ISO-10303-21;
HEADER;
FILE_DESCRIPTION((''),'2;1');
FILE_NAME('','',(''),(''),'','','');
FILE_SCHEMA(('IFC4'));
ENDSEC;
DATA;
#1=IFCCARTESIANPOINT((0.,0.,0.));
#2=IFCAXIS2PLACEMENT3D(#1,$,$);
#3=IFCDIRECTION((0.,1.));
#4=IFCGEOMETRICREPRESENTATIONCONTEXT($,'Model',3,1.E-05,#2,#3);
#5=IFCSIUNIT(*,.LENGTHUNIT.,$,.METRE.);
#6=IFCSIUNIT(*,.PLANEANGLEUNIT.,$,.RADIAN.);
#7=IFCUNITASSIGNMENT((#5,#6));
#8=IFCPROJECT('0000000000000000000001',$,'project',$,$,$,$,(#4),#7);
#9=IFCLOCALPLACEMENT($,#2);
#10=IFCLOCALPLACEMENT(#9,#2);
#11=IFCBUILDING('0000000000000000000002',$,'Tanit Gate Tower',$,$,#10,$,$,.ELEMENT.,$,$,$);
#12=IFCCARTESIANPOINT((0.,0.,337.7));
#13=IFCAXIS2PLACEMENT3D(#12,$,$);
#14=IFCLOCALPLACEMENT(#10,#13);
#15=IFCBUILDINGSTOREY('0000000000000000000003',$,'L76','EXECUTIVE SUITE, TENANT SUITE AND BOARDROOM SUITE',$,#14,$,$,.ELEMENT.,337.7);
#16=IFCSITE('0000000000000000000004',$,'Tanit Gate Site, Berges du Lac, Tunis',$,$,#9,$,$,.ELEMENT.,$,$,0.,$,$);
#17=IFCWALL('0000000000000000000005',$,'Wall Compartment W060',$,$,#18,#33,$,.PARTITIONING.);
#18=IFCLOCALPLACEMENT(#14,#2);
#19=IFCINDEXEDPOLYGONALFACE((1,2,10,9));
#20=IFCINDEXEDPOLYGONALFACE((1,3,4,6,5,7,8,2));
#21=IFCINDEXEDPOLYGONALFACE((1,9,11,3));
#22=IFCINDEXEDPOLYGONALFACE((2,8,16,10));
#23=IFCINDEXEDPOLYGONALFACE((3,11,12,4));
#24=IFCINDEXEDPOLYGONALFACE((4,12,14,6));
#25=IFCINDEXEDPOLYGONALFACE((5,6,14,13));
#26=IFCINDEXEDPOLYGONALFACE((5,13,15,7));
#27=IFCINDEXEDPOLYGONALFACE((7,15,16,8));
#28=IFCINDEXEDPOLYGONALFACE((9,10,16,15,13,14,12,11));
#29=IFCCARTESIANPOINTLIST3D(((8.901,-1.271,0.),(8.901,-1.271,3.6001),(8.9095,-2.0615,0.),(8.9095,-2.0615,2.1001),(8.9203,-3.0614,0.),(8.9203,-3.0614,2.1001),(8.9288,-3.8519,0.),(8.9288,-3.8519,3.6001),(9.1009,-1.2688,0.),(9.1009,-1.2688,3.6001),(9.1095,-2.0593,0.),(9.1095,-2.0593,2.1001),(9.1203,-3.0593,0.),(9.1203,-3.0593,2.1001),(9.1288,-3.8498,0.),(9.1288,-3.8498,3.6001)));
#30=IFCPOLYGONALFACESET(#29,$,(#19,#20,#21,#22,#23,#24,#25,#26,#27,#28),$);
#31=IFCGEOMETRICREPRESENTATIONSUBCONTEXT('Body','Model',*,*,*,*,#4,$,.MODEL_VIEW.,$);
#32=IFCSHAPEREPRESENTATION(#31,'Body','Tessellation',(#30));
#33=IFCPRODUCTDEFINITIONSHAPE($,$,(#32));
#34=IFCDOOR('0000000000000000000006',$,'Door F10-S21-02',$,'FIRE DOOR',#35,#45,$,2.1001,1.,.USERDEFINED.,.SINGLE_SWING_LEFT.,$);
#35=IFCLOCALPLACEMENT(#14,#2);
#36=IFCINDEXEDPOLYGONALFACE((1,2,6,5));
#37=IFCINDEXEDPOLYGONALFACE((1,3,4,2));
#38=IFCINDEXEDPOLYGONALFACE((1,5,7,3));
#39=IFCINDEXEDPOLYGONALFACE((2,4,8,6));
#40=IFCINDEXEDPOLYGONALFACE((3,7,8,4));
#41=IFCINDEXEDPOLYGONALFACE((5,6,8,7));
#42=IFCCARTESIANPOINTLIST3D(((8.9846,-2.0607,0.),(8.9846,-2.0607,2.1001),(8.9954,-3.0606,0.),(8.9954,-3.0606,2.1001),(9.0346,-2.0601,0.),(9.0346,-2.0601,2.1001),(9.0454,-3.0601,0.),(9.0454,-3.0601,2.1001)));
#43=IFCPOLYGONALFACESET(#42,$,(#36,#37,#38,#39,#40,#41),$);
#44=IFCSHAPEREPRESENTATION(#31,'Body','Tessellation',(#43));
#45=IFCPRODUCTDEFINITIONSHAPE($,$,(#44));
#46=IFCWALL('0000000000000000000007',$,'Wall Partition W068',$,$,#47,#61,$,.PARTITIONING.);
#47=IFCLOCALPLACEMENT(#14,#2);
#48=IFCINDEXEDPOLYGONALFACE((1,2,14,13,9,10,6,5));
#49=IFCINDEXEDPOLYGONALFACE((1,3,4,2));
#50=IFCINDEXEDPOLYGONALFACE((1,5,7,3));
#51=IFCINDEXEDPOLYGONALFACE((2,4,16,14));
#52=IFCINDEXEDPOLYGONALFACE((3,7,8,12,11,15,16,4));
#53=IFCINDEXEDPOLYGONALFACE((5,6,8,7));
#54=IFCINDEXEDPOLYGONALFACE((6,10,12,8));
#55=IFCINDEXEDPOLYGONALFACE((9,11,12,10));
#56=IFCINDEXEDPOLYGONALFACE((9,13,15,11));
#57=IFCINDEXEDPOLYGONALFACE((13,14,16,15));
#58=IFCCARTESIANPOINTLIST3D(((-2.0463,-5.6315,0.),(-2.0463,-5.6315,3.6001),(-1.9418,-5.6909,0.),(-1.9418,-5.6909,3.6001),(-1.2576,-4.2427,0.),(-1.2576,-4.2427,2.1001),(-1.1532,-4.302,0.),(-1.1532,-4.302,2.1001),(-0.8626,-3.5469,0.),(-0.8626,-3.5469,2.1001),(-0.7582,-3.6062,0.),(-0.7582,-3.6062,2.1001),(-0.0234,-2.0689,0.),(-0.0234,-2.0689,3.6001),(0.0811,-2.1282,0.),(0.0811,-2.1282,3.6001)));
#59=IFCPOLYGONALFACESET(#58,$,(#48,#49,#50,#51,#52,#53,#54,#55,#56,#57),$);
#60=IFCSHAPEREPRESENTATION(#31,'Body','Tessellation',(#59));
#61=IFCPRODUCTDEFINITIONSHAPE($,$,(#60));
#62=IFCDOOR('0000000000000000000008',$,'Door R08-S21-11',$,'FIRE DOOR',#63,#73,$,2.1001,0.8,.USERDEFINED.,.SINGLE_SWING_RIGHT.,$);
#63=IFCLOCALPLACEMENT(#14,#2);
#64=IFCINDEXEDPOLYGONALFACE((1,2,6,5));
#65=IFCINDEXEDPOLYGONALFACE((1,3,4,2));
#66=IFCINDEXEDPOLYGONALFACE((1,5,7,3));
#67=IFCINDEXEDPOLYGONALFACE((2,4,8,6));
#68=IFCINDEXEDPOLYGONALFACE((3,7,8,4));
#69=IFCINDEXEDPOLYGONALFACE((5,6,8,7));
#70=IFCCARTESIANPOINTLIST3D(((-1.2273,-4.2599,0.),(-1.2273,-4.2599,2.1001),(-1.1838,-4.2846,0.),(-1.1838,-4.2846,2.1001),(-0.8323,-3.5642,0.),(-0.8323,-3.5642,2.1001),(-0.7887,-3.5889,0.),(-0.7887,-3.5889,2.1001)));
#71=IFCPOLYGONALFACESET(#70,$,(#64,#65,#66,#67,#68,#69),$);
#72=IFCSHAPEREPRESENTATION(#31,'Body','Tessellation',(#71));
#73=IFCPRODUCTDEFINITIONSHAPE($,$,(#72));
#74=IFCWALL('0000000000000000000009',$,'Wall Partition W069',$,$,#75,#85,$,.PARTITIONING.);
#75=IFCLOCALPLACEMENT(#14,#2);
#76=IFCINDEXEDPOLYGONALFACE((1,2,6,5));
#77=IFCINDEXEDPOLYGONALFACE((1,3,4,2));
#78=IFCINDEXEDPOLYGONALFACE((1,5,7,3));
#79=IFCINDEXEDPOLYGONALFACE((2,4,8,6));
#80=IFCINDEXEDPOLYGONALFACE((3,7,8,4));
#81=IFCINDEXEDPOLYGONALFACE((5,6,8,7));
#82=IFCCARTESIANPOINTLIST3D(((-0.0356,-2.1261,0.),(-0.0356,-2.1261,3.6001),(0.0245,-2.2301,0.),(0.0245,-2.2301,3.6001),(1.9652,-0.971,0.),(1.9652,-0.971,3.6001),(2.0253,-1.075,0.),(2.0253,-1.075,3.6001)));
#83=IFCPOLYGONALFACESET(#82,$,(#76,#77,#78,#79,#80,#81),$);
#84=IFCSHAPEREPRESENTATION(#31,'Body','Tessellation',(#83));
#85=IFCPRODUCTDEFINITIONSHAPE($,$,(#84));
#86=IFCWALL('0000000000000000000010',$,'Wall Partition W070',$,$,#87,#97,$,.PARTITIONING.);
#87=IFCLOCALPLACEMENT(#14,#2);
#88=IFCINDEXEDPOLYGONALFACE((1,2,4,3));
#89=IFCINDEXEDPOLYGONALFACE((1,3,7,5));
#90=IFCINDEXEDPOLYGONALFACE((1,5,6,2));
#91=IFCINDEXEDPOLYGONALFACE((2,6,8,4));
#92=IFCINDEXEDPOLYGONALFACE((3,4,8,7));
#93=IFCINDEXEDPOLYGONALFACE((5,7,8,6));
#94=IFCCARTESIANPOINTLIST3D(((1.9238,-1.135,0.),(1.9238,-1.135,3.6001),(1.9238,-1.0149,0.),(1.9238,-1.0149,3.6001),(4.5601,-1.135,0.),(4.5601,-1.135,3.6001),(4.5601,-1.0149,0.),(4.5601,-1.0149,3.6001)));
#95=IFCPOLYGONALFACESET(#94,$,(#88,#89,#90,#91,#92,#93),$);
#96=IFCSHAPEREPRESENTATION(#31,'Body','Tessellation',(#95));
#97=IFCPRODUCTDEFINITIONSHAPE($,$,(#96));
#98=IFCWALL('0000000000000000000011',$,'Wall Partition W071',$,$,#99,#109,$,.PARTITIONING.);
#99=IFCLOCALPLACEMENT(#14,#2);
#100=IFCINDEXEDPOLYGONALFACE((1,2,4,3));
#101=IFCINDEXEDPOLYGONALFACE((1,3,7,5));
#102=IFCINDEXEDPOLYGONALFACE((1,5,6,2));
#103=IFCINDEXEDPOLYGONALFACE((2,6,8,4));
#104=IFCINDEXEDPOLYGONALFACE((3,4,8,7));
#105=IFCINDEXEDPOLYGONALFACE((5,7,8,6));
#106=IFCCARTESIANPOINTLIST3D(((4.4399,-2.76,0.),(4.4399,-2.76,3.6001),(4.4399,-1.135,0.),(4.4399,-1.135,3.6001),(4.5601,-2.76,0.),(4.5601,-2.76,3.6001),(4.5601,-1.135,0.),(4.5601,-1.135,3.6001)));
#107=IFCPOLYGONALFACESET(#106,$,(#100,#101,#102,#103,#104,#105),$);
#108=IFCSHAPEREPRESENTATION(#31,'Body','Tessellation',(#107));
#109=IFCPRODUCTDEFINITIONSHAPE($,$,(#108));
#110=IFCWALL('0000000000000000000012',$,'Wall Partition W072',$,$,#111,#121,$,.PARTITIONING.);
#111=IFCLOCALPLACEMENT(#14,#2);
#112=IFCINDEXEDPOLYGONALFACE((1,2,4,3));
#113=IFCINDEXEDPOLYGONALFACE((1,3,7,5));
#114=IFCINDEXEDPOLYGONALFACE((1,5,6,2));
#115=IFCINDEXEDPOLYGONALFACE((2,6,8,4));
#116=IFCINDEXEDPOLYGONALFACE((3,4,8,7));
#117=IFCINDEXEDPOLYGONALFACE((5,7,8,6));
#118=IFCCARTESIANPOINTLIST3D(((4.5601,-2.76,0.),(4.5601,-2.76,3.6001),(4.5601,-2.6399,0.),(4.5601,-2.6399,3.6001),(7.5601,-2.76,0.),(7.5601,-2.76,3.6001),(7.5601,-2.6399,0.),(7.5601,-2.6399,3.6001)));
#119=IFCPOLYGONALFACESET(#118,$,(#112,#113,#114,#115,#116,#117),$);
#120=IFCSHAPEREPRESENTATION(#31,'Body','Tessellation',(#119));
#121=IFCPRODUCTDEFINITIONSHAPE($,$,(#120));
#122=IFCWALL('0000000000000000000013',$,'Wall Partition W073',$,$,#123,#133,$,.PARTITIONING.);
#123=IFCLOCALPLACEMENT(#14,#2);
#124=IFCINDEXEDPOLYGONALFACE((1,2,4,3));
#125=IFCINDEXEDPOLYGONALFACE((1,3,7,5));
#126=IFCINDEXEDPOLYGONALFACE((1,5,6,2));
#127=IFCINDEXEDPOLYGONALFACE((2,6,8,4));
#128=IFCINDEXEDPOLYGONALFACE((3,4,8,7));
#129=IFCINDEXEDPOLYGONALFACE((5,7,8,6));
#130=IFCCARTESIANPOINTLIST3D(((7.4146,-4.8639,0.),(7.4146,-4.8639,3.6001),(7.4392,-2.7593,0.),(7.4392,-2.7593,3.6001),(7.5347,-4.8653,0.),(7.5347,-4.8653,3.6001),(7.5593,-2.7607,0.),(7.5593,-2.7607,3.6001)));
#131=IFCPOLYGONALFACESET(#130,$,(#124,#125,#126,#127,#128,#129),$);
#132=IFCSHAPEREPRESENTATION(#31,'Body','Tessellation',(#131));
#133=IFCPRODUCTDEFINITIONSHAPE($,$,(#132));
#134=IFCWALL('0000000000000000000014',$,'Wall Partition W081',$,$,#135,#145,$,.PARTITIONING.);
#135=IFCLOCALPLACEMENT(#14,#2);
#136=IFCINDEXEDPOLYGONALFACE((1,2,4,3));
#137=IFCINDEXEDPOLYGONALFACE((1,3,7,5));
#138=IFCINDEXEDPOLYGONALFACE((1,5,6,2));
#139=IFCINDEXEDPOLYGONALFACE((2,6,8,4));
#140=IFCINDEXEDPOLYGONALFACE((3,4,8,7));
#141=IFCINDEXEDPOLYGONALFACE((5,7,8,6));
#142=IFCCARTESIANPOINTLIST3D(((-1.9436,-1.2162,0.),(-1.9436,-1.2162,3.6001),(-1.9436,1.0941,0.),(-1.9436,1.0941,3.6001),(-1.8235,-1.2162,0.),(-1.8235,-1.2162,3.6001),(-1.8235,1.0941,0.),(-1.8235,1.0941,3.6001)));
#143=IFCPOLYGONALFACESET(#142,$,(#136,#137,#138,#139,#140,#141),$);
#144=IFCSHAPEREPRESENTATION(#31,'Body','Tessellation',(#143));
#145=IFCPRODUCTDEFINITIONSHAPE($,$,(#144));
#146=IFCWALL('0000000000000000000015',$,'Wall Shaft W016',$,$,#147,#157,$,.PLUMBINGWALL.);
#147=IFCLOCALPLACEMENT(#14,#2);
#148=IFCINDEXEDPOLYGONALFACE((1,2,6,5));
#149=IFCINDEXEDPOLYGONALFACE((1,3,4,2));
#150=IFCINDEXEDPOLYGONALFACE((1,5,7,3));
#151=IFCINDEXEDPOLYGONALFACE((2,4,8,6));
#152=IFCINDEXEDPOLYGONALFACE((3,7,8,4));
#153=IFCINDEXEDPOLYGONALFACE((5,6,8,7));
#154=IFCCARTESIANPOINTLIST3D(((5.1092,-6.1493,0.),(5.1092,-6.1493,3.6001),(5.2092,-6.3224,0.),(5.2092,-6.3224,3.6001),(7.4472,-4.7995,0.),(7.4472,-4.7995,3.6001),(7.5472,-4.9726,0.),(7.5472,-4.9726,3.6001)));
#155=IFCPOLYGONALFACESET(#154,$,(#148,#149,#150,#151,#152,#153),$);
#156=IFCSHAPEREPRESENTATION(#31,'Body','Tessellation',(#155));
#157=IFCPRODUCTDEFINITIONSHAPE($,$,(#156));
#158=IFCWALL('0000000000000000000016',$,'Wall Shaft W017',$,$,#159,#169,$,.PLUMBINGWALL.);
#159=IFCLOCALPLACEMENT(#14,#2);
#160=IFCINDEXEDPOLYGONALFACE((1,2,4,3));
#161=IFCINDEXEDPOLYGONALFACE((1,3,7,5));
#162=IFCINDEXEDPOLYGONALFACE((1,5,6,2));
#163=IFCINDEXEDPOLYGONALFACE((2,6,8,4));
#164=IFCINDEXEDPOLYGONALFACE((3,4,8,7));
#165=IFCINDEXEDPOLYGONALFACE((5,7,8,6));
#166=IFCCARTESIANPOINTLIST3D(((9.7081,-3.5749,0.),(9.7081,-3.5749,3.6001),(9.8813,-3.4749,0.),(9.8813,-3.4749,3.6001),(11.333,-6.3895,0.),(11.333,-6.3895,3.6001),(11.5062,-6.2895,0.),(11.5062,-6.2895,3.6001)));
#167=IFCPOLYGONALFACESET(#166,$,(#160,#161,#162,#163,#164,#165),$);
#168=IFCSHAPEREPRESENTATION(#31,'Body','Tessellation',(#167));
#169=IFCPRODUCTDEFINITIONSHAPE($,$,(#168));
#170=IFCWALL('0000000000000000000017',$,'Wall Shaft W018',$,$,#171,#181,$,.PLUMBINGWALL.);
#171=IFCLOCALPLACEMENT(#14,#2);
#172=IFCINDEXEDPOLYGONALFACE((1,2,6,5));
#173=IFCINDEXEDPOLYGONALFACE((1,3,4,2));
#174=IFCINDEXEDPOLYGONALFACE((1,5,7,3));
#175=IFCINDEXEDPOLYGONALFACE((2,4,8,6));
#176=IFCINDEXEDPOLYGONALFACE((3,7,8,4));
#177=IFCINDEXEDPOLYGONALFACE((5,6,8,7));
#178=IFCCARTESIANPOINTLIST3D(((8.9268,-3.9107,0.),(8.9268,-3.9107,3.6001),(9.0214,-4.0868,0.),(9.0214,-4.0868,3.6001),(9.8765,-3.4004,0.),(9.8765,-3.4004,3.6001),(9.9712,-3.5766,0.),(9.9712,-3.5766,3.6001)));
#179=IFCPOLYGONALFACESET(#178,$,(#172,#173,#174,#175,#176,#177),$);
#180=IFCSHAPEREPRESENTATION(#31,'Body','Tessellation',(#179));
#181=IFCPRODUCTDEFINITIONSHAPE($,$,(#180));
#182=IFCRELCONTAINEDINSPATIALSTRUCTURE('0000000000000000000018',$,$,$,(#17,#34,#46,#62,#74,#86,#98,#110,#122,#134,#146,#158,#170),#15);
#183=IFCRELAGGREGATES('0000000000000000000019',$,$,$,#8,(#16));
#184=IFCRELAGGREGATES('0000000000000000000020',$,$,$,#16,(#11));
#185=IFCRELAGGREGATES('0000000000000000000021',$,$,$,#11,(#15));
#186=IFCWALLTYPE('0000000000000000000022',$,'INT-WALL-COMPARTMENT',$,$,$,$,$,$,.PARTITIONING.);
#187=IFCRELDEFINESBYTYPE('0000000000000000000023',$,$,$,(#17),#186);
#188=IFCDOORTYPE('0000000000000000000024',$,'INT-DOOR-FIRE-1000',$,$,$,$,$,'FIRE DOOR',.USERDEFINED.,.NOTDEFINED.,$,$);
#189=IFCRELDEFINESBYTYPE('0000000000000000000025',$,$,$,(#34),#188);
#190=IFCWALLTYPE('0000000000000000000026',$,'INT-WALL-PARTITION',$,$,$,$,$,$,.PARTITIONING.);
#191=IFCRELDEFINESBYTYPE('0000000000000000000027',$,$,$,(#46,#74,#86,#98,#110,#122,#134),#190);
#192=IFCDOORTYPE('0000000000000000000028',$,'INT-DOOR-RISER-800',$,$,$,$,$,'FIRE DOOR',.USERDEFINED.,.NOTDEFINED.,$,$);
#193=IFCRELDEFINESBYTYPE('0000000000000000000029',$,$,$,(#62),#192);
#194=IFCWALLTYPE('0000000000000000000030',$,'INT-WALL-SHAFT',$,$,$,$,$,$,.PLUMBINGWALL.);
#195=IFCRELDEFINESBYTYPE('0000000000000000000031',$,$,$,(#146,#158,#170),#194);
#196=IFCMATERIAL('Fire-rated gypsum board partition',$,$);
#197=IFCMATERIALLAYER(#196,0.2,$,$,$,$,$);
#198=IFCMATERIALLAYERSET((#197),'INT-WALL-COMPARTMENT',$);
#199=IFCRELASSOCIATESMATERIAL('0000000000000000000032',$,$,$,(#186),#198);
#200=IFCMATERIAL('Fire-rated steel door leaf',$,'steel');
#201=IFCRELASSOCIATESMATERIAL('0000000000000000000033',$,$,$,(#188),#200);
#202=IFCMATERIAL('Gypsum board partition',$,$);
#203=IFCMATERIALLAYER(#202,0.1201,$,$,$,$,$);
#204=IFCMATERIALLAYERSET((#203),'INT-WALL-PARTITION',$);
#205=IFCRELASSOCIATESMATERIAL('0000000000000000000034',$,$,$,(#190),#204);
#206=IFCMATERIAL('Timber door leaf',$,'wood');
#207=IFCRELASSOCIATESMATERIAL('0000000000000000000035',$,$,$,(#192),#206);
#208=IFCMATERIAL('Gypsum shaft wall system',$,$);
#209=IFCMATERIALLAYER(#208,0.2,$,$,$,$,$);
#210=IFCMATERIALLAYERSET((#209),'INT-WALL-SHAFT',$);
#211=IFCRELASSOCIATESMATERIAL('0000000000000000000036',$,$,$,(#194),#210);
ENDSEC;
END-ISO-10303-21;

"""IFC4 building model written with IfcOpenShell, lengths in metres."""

from ifc_helpers import new_model, si_unit, direction, frame, frame_2d, origin, place, context, subcontext, project, spatial, rectangle, extrude, material, layer, layer_set, type_object, element, fill, save


model = new_model("IFC4")

# Units and contexts
model_context = context("Model", 3, precision=1e-05, world=origin(), true_north=direction((0.0, 1.0)))
body_context = subcontext(model_context, "Body", "Model", "MODEL_VIEW")
ifc_project = project(units=[si_unit("LENGTHUNIT", "METRE"), si_unit("PLANEANGLEUNIT", "RADIAN")], contexts=[model_context])

# Site, building, storey
site_placement = place(None, origin())
site = spatial("IfcSite", under=ifc_project, at=site_placement, Name="Tanit Gate Site, Berges du Lac, Tunis", CompositionType="ELEMENT", RefElevation=0.0)
building_placement = place(site_placement, origin())
building = spatial("IfcBuilding", under=site, at=building_placement, Name="Tanit Gate Tower", CompositionType="ELEMENT")
storey_placement = place(building_placement, frame((0.0, 0.0, 337.7)))
storey = spatial("IfcBuildingStorey", under=building, at=storey_placement, Name="L76", Description="EXECUTIVE SUITE, TENANT SUITE AND BOARDROOM SUITE", CompositionType="ELEMENT", Elevation=337.7)

# Walls, openings, doors
ifc_material_1 = material(Name="Fire-rated gypsum board partition")
ifc_layer_1 = layer(ifc_material_1, 0.2)
ifc_layer_set_1 = layer_set([ifc_layer_1], Name="INT-WALL-COMPARTMENT")
wall_type_1 = type_object("IfcWallType", Name="INT-WALL-COMPARTMENT", PredefinedType="PARTITIONING", material=ifc_layer_set_1)
wall_1_placement = place(storey_placement, frame((9.0288, -3.8508, 0.0), z_axis=(0.0, 0.0, 1.0), x_axis=(-0.010784, 0.999942, 0.0)))
wall_1 = element("IfcWall", 1, at=wall_1_placement, inside=storey, type_object=wall_type_1, Name="Wall Compartment W060", PredefinedType="PARTITIONING", context=body_context, shape_type="SweptSolid", body=[
    extrude(rectangle(XDim=2.5811, YDim=0.2, at=frame_2d((1.2905, 0.0))), origin(), (0.0, 0.0, 1.0), 3.6001),
])
opening_1_placement = place(wall_1_placement, frame((0.7905, 0.0, 0.0)))
opening_1 = element("IfcOpeningElement", 2, at=opening_1_placement, cuts=wall_1, PredefinedType="OPENING", context=body_context, shape_type="SweptSolid", body=[
    extrude(rectangle(XDim=1.0, YDim=2.1001, at=frame_2d((0.5, 1.05))), frame((0.0, 0.1099, 0.0), z_axis=(0.0, -1.0, 0.0), x_axis=(1.0, 0.0, 0.0)), (0.0, 0.0, 1.0), 0.22),
])
ifc_material_2 = material(Name="Fire-rated steel door leaf", Category="steel")
door_type_1 = type_object("IfcDoorType", Name="INT-DOOR-FIRE-1000", ElementType="FIRE DOOR", OperationType="NOTDEFINED", PredefinedType="USERDEFINED", material=ifc_material_2)
door_1_placement = place(opening_1_placement, origin())
door_1 = element("IfcDoor", 3, at=door_1_placement, inside=storey, type_object=door_type_1, Name="Door F10-S21-02", ObjectType="FIRE DOOR", OperationType="SINGLE_SWING_LEFT", OverallHeight=2.1001, OverallWidth=1.0, PredefinedType="USERDEFINED", context=body_context, shape_type="SweptSolid", body=[
    extrude(rectangle(XDim=1.0, YDim=2.1001, at=frame_2d((0.5, 1.05))), frame((0.0, 0.0249, 0.0), z_axis=(0.0, -1.0, 0.0), x_axis=(1.0, 0.0, 0.0)), (0.0, 0.0, 1.0), 0.05),
])
fill(opening_1, door_1)
ifc_material_3 = material(Name="Gypsum board partition")
ifc_layer_2 = layer(ifc_material_3, 0.1201)
ifc_layer_set_2 = layer_set([ifc_layer_2], Name="INT-WALL-PARTITION")
wall_type_2 = type_object("IfcWallType", Name="INT-WALL-PARTITION", PredefinedType="PARTITIONING", material=ifc_layer_set_2)
wall_2_placement = place(storey_placement, frame((0.0288, -2.0986, 0.0), z_axis=(0.0, 0.0, 1.0), x_axis=(-0.493763, -0.869597, 0.0)))
wall_2 = element("IfcWall", 4, at=wall_2_placement, inside=storey, type_object=wall_type_2, Name="Wall Partition W068", PredefinedType="PARTITIONING", context=body_context, shape_type="SweptSolid", body=[
    extrude(rectangle(XDim=4.0969, YDim=0.1201, at=frame_2d((2.0483, 0.0))), origin(), (0.0, 0.0, 1.0), 3.6001),
])
opening_2_placement = place(wall_2_placement, frame((1.6997, 0.0, 0.0)))
opening_2 = element("IfcOpeningElement", 5, at=opening_2_placement, cuts=wall_2, PredefinedType="OPENING", context=body_context, shape_type="SweptSolid", body=[
    extrude(rectangle(XDim=0.8, YDim=2.1001, at=frame_2d((0.3999, 1.05))), frame((0.0, 0.0701, 0.0), z_axis=(0.0, -1.0, 0.0), x_axis=(1.0, 0.0, 0.0)), (0.0, 0.0, 1.0), 0.1401),
])
ifc_material_4 = material(Name="Timber door leaf", Category="wood")
door_type_2 = type_object("IfcDoorType", Name="INT-DOOR-RISER-800", ElementType="FIRE DOOR", OperationType="NOTDEFINED", PredefinedType="USERDEFINED", material=ifc_material_4)
door_2_placement = place(opening_2_placement, origin())
door_2 = element("IfcDoor", 6, at=door_2_placement, inside=storey, type_object=door_type_2, Name="Door R08-S21-11", ObjectType="FIRE DOOR", OperationType="SINGLE_SWING_RIGHT", OverallHeight=2.1001, OverallWidth=0.8, PredefinedType="USERDEFINED", context=body_context, shape_type="SweptSolid", body=[
    extrude(rectangle(XDim=0.8, YDim=2.1001, at=frame_2d((0.3999, 1.05))), frame((0.0, 0.0249, 0.0), z_axis=(0.0, -1.0, 0.0), x_axis=(1.0, 0.0, 0.0)), (0.0, 0.0, 1.0), 0.05),
])
fill(opening_2, door_2)

# Walls
wall_3_placement = place(storey_placement, frame((1.9954, -1.0229, 0.0), z_axis=(0.0, 0.0, 1.0), x_axis=(-0.866043, -0.499969, 0.0)))
element("IfcWall", 7, at=wall_3_placement, inside=storey, type_object=wall_type_2, Name="Wall Partition W069", PredefinedType="PARTITIONING", context=body_context, shape_type="SweptSolid", body=[
    extrude(rectangle(XDim=2.3103, YDim=0.1201, at=frame_2d((1.1553, 0.0))), origin(), (0.0, 0.0, 1.0), 3.6001),
])
wall_4_placement = place(storey_placement, frame((4.5601, -1.075, 0.0), z_axis=(0.0, 0.0, 1.0), x_axis=(-1.0, 0.0, 0.0)))
element("IfcWall", 8, at=wall_4_placement, inside=storey, type_object=wall_type_2, Name="Wall Partition W070", PredefinedType="PARTITIONING", context=body_context, shape_type="SweptSolid", body=[
    extrude(rectangle(XDim=2.6362, YDim=0.1201, at=frame_2d((1.3181, 0.0))), origin(), (0.0, 0.0, 1.0), 3.6001),
])
wall_5_placement = place(storey_placement, frame((4.5, -2.76, 0.0), z_axis=(0.0, 0.0, 1.0), x_axis=(0.0, 1.0, 0.0)))
element("IfcWall", 9, at=wall_5_placement, inside=storey, type_object=wall_type_2, Name="Wall Partition W071", PredefinedType="PARTITIONING", context=body_context, shape_type="SweptSolid", body=[
    extrude(rectangle(XDim=1.625, YDim=0.1201, at=frame_2d((0.8125, 0.0))), origin(), (0.0, 0.0, 1.0), 3.6001),
])
wall_6_placement = place(storey_placement, frame((7.5601, -2.7, 0.0), z_axis=(0.0, 0.0, 1.0), x_axis=(-1.0, 0.0, 0.0)))
element("IfcWall", 10, at=wall_6_placement, inside=storey, type_object=wall_type_2, Name="Wall Partition W072", PredefinedType="PARTITIONING", context=body_context, shape_type="SweptSolid", body=[
    extrude(rectangle(XDim=3.0, YDim=0.1201, at=frame_2d((1.5, 0.0))), origin(), (0.0, 0.0, 1.0), 3.6001),
])
wall_7_placement = place(storey_placement, frame((7.4746, -4.8645, 0.0), z_axis=(0.0, 0.0, 1.0), x_axis=(0.011716, 0.999931, 0.0)))
element("IfcWall", 11, at=wall_7_placement, inside=storey, type_object=wall_type_2, Name="Wall Partition W073", PredefinedType="PARTITIONING", context=body_context, shape_type="SweptSolid", body=[
    extrude(rectangle(XDim=2.1047, YDim=0.1201, at=frame_2d((1.0522, 0.0))), origin(), (0.0, 0.0, 1.0), 3.6001),
])
wall_8_placement = place(storey_placement, frame((-1.8835, -1.2163, 0.0), z_axis=(0.0, 0.0, 1.0), x_axis=(0.0, 1.0, 0.0)))
element("IfcWall", 12, at=wall_8_placement, inside=storey, type_object=wall_type_2, Name="Wall Partition W081", PredefinedType="PARTITIONING", context=body_context, shape_type="SweptSolid", body=[
    extrude(rectangle(XDim=2.3103, YDim=0.1201, at=frame_2d((1.1553, 0.0))), origin(), (0.0, 0.0, 1.0), 3.6001),
])
ifc_material_5 = material(Name="Gypsum shaft wall system")
ifc_layer_3 = layer(ifc_material_5, 0.2)
ifc_layer_set_3 = layer_set([ifc_layer_3], Name="INT-WALL-SHAFT")
wall_type_3 = type_object("IfcWallType", Name="INT-WALL-SHAFT", PredefinedType="PLUMBINGWALL", material=ifc_layer_set_3)
wall_9_placement = place(storey_placement, frame((5.1592, -6.2358, 0.0), z_axis=(0.0, 0.0, 1.0), x_axis=(0.866037, 0.499981, 0.0)))
element("IfcWall", 13, at=wall_9_placement, inside=storey, type_object=wall_type_3, Name="Wall Shaft W016", PredefinedType="PLUMBINGWALL", context=body_context, shape_type="SweptSolid", body=[
    extrude(rectangle(XDim=2.6997, YDim=0.2, at=frame_2d((1.3499, 0.0))), origin(), (0.0, 0.0, 1.0), 3.6001),
])
wall_10_placement = place(storey_placement, frame((9.7947, -3.5249, 0.0), z_axis=(0.0, 0.0, 1.0), x_axis=(0.499985, -0.866034, 0.0)))
element("IfcWall", 14, at=wall_10_placement, inside=storey, type_object=wall_type_3, Name="Wall Shaft W017", PredefinedType="PLUMBINGWALL", context=body_context, shape_type="SweptSolid", body=[
    extrude(rectangle(XDim=3.25, YDim=0.2, at=frame_2d((1.625, 0.0))), origin(), (0.0, 0.0, 1.0), 3.6001),
])
wall_11_placement = place(storey_placement, frame((8.9741, -3.9988, 0.0), z_axis=(0.0, 0.0, 1.0), x_axis=(0.880907, 0.473289, 0.0)))
element("IfcWall", 15, at=wall_11_placement, inside=storey, type_object=wall_type_3, Name="Wall Shaft W018", PredefinedType="PLUMBINGWALL", context=body_context, shape_type="SweptSolid", body=[
    extrude(rectangle(XDim=1.0781, YDim=0.2, at=frame_2d((0.5391, 0.0))), origin(), (0.0, 0.0, 1.0), 3.6001),
])

save(model, "model.ifc")
